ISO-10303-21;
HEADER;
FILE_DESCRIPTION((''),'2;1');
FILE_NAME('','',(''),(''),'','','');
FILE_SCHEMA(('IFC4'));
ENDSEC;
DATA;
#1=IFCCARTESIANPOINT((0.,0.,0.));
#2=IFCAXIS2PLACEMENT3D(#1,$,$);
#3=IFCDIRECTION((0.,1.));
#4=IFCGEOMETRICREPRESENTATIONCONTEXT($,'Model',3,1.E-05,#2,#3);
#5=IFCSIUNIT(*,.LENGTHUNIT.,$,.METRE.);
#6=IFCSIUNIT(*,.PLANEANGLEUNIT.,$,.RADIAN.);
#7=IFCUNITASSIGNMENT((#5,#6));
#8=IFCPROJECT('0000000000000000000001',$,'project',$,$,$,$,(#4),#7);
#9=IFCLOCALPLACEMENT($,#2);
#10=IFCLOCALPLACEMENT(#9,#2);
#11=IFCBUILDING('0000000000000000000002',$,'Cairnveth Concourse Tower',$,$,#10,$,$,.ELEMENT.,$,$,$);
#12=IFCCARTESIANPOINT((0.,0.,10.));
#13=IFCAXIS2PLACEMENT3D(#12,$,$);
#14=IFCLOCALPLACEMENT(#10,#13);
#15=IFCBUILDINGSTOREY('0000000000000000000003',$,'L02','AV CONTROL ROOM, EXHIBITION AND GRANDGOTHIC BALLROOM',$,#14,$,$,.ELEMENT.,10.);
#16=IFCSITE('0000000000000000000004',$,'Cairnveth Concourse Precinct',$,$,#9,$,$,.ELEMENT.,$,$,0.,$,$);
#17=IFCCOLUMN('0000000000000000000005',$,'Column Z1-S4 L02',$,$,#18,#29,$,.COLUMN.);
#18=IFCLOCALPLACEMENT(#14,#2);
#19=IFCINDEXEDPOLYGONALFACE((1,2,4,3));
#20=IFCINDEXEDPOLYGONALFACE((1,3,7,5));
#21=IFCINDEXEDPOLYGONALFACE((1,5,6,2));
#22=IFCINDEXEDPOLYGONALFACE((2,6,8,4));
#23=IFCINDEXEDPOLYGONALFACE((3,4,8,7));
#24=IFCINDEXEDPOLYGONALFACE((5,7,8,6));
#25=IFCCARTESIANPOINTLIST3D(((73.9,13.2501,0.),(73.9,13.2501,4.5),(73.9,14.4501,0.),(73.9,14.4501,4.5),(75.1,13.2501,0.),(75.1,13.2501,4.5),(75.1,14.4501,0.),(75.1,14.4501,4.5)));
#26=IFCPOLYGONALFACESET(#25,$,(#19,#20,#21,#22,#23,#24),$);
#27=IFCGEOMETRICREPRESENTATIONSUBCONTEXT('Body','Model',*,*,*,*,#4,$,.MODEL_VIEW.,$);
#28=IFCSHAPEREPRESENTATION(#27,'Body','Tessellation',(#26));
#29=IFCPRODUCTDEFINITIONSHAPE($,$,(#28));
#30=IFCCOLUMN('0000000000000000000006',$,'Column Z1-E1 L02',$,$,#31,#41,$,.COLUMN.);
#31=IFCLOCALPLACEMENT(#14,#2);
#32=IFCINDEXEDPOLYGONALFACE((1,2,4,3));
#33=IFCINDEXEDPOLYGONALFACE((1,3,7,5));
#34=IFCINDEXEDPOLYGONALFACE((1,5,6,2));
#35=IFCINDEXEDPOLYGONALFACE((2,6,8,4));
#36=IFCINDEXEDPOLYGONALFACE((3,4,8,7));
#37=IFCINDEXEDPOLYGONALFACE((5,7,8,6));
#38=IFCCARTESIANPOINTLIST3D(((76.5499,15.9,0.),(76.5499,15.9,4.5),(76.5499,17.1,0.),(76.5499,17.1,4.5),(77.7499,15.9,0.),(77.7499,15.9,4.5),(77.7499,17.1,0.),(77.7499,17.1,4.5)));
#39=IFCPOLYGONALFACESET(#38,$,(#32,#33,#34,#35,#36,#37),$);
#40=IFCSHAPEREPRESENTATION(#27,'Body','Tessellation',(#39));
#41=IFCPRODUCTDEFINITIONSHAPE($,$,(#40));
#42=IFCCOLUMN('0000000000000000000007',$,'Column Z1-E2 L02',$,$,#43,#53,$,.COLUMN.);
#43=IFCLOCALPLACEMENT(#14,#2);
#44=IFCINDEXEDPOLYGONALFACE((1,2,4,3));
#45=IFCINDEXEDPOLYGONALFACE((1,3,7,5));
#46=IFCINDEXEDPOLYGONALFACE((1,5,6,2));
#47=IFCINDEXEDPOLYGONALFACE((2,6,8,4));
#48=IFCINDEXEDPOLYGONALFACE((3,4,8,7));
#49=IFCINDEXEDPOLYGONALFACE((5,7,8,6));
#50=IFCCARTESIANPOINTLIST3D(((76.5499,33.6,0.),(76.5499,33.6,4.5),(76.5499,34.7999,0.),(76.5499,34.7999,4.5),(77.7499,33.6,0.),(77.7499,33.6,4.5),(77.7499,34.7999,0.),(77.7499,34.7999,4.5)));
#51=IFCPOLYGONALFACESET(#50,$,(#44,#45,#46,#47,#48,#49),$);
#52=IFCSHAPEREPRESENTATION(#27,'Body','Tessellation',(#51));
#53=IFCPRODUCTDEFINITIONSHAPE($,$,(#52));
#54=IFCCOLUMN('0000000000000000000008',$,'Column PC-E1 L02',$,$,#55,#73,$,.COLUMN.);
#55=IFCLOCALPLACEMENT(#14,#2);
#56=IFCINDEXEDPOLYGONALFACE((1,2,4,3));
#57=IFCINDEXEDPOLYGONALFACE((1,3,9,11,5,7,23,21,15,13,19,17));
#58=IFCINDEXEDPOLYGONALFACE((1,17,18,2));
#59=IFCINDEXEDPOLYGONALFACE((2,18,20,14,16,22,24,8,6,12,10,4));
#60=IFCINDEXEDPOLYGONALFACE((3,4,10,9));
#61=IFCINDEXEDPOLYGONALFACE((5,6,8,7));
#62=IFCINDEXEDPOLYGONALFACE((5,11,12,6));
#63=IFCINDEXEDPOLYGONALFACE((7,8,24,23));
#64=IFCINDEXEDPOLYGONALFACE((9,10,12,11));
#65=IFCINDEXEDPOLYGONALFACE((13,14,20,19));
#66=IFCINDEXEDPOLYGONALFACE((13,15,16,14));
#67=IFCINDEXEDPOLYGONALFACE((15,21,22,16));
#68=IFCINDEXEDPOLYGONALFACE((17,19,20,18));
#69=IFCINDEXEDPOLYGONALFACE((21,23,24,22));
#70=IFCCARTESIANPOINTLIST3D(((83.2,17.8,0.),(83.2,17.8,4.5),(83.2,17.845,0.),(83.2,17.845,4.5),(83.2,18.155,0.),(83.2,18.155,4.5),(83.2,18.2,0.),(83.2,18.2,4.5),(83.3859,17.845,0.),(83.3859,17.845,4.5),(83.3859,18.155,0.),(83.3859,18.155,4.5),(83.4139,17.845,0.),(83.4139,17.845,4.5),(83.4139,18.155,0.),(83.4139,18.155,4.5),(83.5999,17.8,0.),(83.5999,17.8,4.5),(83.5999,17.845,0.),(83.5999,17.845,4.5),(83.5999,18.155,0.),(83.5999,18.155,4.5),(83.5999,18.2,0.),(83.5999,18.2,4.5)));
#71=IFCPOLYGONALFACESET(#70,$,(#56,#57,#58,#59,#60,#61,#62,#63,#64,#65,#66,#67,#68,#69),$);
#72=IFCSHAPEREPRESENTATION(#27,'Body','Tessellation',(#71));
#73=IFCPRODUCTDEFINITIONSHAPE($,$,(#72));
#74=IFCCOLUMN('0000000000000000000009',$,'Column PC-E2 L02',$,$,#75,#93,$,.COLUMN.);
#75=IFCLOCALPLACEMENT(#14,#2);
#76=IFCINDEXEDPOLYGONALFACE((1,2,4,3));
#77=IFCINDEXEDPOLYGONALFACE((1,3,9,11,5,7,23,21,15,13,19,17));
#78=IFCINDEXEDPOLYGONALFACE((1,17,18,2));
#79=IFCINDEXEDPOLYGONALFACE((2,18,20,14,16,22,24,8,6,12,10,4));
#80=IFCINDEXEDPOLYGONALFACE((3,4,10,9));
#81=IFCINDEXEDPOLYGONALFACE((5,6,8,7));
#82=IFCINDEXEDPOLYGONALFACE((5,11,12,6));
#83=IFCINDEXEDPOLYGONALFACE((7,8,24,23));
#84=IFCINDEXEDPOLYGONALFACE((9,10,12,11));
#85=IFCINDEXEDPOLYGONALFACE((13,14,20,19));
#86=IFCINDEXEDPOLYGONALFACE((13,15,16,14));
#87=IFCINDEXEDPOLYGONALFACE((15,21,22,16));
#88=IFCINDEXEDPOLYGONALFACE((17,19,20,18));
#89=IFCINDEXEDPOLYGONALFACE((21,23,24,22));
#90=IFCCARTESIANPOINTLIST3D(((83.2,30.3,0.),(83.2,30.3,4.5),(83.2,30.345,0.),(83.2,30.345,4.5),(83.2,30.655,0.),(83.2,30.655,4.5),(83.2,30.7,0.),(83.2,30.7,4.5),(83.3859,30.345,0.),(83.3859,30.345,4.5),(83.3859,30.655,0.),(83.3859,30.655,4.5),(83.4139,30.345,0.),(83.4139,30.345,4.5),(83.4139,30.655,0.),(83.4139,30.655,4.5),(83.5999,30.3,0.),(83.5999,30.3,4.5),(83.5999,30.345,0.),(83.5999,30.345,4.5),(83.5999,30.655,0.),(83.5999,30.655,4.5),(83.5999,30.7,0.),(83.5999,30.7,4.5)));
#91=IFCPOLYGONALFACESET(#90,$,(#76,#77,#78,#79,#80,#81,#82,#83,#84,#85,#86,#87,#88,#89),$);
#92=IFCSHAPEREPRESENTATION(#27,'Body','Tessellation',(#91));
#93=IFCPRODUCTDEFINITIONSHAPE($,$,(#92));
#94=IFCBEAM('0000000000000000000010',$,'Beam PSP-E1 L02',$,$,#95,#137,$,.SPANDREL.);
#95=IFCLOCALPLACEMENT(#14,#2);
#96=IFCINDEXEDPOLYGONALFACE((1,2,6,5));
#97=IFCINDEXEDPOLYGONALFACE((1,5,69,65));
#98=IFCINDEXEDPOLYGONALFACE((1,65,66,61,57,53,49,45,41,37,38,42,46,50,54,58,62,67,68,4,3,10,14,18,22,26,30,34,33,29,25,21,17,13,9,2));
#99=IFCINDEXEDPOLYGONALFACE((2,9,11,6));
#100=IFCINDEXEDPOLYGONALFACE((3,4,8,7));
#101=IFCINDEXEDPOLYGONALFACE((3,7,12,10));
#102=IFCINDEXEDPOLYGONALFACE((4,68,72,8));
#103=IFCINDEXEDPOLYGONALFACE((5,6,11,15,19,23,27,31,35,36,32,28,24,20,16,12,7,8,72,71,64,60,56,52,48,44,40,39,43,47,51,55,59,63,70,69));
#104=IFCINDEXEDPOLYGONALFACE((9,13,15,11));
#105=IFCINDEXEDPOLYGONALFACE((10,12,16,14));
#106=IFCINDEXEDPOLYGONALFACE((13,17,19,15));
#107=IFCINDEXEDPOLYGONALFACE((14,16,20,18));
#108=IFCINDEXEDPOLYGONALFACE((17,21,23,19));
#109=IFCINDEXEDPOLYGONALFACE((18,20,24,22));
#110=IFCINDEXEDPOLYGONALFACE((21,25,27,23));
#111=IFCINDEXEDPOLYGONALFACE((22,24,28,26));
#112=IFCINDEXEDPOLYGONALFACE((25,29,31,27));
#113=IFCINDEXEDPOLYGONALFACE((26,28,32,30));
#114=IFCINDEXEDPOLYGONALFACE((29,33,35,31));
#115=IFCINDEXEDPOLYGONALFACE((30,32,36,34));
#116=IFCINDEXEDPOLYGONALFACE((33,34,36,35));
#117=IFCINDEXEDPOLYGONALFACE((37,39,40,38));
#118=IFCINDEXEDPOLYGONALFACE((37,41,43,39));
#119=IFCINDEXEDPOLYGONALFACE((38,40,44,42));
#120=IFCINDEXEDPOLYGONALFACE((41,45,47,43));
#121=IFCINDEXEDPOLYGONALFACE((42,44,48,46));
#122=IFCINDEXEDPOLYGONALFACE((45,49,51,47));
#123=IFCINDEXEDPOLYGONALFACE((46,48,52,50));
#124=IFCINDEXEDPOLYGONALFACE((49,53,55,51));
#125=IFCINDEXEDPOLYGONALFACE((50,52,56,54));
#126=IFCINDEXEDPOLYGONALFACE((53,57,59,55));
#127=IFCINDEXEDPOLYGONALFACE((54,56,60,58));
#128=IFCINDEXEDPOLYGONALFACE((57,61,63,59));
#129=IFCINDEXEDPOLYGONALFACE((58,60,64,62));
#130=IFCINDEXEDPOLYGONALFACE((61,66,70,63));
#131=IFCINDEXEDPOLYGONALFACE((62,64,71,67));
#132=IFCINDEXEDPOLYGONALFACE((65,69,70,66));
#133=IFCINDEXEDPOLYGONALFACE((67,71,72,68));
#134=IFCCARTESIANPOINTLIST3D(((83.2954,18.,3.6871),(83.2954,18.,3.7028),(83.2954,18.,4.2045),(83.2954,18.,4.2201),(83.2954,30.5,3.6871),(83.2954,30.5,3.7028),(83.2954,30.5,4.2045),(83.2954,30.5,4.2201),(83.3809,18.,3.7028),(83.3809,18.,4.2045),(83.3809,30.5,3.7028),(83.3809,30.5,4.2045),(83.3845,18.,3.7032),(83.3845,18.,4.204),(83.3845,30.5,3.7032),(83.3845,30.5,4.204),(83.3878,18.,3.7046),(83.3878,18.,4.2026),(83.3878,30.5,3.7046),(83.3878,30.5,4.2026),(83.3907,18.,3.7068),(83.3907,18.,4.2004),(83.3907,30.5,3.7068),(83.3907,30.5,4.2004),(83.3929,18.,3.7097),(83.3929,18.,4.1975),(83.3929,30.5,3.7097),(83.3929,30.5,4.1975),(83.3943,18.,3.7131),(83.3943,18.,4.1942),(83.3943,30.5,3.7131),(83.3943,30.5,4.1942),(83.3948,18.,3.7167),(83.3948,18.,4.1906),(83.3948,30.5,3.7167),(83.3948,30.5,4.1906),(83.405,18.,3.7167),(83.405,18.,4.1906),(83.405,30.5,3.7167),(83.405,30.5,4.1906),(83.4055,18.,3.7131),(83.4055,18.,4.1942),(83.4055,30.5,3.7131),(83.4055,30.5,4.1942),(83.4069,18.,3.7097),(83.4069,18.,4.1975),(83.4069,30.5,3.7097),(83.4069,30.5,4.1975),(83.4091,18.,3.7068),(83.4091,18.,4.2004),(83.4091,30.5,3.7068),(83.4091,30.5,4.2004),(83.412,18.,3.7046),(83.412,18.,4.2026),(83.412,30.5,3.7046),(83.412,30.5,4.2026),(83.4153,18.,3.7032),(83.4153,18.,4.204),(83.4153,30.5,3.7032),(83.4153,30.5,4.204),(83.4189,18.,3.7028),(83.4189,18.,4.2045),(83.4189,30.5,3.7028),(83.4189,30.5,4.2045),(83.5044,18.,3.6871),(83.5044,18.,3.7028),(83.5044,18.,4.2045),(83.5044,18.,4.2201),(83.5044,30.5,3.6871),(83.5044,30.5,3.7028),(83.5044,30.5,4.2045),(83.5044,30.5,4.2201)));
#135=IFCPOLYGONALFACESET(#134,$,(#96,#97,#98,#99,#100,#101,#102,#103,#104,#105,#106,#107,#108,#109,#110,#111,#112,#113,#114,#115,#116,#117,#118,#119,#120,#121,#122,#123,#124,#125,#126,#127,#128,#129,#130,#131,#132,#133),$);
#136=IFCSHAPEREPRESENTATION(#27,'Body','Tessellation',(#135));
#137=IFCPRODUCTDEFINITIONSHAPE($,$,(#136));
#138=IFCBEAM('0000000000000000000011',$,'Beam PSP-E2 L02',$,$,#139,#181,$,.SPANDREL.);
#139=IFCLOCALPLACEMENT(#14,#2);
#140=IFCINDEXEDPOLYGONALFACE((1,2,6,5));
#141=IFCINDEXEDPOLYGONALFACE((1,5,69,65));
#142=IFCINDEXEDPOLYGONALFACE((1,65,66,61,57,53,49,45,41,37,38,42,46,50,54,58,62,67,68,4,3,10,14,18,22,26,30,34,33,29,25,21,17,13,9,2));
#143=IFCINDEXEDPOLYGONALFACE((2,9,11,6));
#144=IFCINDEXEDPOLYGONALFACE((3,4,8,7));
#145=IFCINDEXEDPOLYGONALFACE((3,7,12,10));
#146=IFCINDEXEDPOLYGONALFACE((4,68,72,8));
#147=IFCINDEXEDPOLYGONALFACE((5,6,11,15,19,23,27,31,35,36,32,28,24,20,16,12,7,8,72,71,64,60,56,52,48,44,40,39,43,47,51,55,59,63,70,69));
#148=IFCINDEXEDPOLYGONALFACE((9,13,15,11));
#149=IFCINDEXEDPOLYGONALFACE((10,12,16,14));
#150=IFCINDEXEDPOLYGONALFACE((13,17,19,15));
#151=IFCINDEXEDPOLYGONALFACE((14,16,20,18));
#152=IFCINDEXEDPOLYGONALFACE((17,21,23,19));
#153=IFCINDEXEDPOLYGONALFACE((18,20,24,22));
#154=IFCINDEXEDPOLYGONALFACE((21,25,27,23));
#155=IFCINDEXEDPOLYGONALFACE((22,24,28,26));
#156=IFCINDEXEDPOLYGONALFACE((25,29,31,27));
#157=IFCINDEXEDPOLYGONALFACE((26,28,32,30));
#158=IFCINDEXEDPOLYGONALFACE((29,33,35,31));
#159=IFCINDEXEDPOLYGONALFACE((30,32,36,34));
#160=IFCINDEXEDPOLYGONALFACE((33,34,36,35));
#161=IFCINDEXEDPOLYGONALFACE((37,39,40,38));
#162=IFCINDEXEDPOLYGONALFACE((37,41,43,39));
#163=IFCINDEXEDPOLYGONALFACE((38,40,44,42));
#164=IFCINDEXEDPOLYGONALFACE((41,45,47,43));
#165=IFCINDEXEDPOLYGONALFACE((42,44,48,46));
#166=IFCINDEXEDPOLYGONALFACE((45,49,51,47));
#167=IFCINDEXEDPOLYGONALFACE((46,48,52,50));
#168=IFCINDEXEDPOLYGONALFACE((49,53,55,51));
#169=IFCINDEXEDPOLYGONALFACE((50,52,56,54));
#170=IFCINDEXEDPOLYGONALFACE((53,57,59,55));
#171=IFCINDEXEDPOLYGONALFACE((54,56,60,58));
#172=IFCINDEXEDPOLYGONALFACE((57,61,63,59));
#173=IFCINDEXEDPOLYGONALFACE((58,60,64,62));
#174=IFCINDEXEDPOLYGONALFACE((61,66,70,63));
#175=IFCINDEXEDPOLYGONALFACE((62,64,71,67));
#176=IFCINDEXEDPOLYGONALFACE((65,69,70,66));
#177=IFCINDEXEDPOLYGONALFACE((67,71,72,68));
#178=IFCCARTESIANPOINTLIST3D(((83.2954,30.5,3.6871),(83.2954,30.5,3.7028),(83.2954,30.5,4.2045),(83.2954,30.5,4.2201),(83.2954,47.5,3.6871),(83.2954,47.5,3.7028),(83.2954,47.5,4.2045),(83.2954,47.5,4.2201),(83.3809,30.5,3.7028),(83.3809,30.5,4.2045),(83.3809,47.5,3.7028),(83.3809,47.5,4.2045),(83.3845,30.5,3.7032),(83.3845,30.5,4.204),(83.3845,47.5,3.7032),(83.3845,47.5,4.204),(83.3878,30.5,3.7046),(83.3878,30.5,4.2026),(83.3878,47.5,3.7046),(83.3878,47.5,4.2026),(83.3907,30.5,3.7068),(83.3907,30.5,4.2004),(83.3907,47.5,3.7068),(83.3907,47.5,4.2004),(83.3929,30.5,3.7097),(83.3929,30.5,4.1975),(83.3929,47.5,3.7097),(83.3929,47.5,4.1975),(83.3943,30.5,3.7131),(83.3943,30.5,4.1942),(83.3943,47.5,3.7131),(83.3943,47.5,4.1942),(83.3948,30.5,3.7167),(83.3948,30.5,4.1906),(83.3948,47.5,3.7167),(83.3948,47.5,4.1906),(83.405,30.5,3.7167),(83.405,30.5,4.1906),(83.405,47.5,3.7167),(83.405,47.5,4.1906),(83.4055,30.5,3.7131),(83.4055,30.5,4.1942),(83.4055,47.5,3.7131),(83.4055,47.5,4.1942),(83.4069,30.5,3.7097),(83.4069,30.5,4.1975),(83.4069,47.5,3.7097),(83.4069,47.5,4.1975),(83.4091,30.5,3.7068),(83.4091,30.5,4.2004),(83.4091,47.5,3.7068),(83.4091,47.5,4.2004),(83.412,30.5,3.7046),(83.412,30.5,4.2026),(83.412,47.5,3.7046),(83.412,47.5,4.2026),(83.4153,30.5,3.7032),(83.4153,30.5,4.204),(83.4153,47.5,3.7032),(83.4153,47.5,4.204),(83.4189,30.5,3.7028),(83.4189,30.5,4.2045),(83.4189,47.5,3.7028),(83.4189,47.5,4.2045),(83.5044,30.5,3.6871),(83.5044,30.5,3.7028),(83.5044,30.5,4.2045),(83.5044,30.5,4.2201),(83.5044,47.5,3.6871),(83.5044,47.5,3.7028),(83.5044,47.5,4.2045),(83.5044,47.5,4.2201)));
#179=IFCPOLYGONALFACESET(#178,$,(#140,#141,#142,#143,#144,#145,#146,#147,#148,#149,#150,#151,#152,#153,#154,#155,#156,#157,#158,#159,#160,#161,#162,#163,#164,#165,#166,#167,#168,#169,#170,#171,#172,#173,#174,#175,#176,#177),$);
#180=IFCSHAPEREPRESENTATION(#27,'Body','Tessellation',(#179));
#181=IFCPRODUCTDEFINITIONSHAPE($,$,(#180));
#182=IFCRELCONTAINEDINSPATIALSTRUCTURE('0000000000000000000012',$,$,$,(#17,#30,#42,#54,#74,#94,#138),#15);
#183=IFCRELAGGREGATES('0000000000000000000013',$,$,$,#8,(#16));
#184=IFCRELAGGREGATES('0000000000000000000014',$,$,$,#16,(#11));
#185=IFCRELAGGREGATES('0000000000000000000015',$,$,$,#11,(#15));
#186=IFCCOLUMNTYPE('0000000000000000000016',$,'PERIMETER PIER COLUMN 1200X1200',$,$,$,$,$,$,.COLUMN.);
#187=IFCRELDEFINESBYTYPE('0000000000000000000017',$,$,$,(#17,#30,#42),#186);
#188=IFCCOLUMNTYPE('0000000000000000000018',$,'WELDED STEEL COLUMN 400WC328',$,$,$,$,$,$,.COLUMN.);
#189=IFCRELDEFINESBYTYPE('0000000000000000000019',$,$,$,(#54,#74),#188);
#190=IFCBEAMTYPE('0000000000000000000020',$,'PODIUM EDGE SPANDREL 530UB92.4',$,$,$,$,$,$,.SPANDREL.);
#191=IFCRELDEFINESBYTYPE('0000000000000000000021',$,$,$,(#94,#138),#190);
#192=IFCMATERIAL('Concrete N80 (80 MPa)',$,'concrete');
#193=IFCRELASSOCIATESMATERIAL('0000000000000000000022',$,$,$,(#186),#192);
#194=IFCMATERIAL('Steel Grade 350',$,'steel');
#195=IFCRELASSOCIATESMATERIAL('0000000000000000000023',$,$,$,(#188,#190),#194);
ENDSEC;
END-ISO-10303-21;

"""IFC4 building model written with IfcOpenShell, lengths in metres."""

from ifc_helpers import new_model, si_unit, direction, frame, origin, origin_2d, place, context, subcontext, project, spatial, rectangle, i_section, extrude, material, material_profile, profile_set, type_object, element, save


model = new_model("IFC4")

# Units and contexts
model_context = context("Model", 3, precision=1e-05, world=origin(), true_north=direction((0.0, 1.0)))
body_context = subcontext(model_context, "Body", "Model", "MODEL_VIEW")
ifc_project = project(units=[si_unit("LENGTHUNIT", "METRE"), si_unit("PLANEANGLEUNIT", "RADIAN")], contexts=[model_context])

# Site, building, storey
site_placement = place(None, origin())
site = spatial("IfcSite", under=ifc_project, at=site_placement, Name="Cairnveth Concourse Precinct", CompositionType="ELEMENT", RefElevation=0.0)
building_placement = place(site_placement, origin())
building = spatial("IfcBuilding", under=site, at=building_placement, Name="Cairnveth Concourse Tower", CompositionType="ELEMENT")
storey_placement = place(building_placement, frame((0.0, 0.0, 10.0)))
storey = spatial("IfcBuildingStorey", under=building, at=storey_placement, Name="L02", Description="AV CONTROL ROOM, EXHIBITION AND GRANDGOTHIC BALLROOM", CompositionType="ELEMENT", Elevation=10.0)

# Columns
ifc_material_1 = material(Name="Concrete N80 (80 MPa)", Category="concrete")
ifc_material_profile_1 = material_profile(ifc_material_1, rectangle(XDim=1.2, YDim=1.2, at=origin_2d()), Name="RC-COL-1200x1200")
ifc_profile_set_1 = profile_set([ifc_material_profile_1], Name="Concrete N80 (80 MPa)")
column_type_1 = type_object("IfcColumnType", Name="PERIMETER PIER COLUMN 1200X1200", PredefinedType="COLUMN", material=ifc_profile_set_1)
for number, where, z_axis, x_axis, name in (
    (1, (74.5, 13.8501, 0.0), (0.0, 0.0, 1.0), (1.0, 0.0, 0.0), "Column Z1-S4 L02"),
    (2, (77.1499, 16.5, 0.0), (0.0, 0.0, 1.0), (1.0, 0.0, 0.0), "Column Z1-E1 L02"),
    (3, (77.1499, 34.2, 0.0), (0.0, 0.0, 1.0), (1.0, 0.0, 0.0), "Column Z1-E2 L02"),
):
    element("IfcColumn", number, at=place(storey_placement, frame(where, z_axis=z_axis, x_axis=x_axis)), inside=storey, type_object=column_type_1, Name=name, PredefinedType="COLUMN", context=body_context, shape_type="SweptSolid", body=[
        extrude(rectangle(XDim=1.2, YDim=1.2, at=origin_2d()), origin(), (0.0, 0.0, 1.0), 4.5),
    ])
ifc_material_2 = material(Name="Steel Grade 350", Category="steel")
ifc_material_profile_2 = material_profile(ifc_material_2, i_section(OverallWidth=0.3999, OverallDepth=0.3999, WebThickness=0.0281, FlangeThickness=0.0449, at=origin_2d()), Name="400WC328")
ifc_profile_set_2 = profile_set([ifc_material_profile_2], Name="Steel Grade 350")
column_type_2 = type_object("IfcColumnType", Name="WELDED STEEL COLUMN 400WC328", PredefinedType="COLUMN", material=ifc_profile_set_2)
for number, where, z_axis, x_axis, name in (
    (4, (83.3999, 18.0, 0.0), (0.0, 0.0, 1.0), (1.0, 0.0, 0.0), "Column PC-E1 L02"),
    (5, (83.3999, 30.5, 0.0), (0.0, 0.0, 1.0), (1.0, 0.0, 0.0), "Column PC-E2 L02"),
):
    element("IfcColumn", number, at=place(storey_placement, frame(where, z_axis=z_axis, x_axis=x_axis)), inside=storey, type_object=column_type_2, Name=name, PredefinedType="COLUMN", context=body_context, shape_type="SweptSolid", body=[
        extrude(i_section(OverallWidth=0.3999, OverallDepth=0.3999, WebThickness=0.0281, FlangeThickness=0.0449, at=origin_2d()), origin(), (0.0, 0.0, 1.0), 4.5),
    ])

# Beams
ifc_material_profile_3 = material_profile(ifc_material_2, i_section(OverallWidth=0.209, OverallDepth=0.533, WebThickness=0.0103, FlangeThickness=0.0156, FilletRadius=0.0139, at=origin_2d()), Name="530UB92.4")
ifc_profile_set_3 = profile_set([ifc_material_profile_3], Name="Steel Grade 350")
beam_type_1 = type_object("IfcBeamType", Name="PODIUM EDGE SPANDREL 530UB92.4", PredefinedType="SPANDREL", material=ifc_profile_set_3)
beam_1_placement = place(storey_placement, frame((83.3999, 18.0, 3.9536), z_axis=(0.0, 1.0, 0.0), x_axis=(-1.0, 0.0, 0.0)))
element("IfcBeam", 6, at=beam_1_placement, inside=storey, type_object=beam_type_1, Name="Beam PSP-E1 L02", PredefinedType="SPANDREL", context=body_context, shape_type="SweptSolid", body=[
    extrude(i_section(OverallWidth=0.209, OverallDepth=0.533, WebThickness=0.0103, FlangeThickness=0.0156, FilletRadius=0.0139, at=origin_2d()), origin(), (0.0, 0.0, 1.0), 12.5),
])
beam_2_placement = place(storey_placement, frame((83.3999, 30.5, 3.9536), z_axis=(0.0, 1.0, 0.0), x_axis=(-1.0, 0.0, 0.0)))
element("IfcBeam", 7, at=beam_2_placement, inside=storey, type_object=beam_type_1, Name="Beam PSP-E2 L02", PredefinedType="SPANDREL", context=body_context, shape_type="SweptSolid", body=[
    extrude(i_section(OverallWidth=0.209, OverallDepth=0.533, WebThickness=0.0103, FlangeThickness=0.0156, FilletRadius=0.0139, at=origin_2d()), origin(), (0.0, 0.0, 1.0), 17.0),
])

save(model, "model.ifc")
